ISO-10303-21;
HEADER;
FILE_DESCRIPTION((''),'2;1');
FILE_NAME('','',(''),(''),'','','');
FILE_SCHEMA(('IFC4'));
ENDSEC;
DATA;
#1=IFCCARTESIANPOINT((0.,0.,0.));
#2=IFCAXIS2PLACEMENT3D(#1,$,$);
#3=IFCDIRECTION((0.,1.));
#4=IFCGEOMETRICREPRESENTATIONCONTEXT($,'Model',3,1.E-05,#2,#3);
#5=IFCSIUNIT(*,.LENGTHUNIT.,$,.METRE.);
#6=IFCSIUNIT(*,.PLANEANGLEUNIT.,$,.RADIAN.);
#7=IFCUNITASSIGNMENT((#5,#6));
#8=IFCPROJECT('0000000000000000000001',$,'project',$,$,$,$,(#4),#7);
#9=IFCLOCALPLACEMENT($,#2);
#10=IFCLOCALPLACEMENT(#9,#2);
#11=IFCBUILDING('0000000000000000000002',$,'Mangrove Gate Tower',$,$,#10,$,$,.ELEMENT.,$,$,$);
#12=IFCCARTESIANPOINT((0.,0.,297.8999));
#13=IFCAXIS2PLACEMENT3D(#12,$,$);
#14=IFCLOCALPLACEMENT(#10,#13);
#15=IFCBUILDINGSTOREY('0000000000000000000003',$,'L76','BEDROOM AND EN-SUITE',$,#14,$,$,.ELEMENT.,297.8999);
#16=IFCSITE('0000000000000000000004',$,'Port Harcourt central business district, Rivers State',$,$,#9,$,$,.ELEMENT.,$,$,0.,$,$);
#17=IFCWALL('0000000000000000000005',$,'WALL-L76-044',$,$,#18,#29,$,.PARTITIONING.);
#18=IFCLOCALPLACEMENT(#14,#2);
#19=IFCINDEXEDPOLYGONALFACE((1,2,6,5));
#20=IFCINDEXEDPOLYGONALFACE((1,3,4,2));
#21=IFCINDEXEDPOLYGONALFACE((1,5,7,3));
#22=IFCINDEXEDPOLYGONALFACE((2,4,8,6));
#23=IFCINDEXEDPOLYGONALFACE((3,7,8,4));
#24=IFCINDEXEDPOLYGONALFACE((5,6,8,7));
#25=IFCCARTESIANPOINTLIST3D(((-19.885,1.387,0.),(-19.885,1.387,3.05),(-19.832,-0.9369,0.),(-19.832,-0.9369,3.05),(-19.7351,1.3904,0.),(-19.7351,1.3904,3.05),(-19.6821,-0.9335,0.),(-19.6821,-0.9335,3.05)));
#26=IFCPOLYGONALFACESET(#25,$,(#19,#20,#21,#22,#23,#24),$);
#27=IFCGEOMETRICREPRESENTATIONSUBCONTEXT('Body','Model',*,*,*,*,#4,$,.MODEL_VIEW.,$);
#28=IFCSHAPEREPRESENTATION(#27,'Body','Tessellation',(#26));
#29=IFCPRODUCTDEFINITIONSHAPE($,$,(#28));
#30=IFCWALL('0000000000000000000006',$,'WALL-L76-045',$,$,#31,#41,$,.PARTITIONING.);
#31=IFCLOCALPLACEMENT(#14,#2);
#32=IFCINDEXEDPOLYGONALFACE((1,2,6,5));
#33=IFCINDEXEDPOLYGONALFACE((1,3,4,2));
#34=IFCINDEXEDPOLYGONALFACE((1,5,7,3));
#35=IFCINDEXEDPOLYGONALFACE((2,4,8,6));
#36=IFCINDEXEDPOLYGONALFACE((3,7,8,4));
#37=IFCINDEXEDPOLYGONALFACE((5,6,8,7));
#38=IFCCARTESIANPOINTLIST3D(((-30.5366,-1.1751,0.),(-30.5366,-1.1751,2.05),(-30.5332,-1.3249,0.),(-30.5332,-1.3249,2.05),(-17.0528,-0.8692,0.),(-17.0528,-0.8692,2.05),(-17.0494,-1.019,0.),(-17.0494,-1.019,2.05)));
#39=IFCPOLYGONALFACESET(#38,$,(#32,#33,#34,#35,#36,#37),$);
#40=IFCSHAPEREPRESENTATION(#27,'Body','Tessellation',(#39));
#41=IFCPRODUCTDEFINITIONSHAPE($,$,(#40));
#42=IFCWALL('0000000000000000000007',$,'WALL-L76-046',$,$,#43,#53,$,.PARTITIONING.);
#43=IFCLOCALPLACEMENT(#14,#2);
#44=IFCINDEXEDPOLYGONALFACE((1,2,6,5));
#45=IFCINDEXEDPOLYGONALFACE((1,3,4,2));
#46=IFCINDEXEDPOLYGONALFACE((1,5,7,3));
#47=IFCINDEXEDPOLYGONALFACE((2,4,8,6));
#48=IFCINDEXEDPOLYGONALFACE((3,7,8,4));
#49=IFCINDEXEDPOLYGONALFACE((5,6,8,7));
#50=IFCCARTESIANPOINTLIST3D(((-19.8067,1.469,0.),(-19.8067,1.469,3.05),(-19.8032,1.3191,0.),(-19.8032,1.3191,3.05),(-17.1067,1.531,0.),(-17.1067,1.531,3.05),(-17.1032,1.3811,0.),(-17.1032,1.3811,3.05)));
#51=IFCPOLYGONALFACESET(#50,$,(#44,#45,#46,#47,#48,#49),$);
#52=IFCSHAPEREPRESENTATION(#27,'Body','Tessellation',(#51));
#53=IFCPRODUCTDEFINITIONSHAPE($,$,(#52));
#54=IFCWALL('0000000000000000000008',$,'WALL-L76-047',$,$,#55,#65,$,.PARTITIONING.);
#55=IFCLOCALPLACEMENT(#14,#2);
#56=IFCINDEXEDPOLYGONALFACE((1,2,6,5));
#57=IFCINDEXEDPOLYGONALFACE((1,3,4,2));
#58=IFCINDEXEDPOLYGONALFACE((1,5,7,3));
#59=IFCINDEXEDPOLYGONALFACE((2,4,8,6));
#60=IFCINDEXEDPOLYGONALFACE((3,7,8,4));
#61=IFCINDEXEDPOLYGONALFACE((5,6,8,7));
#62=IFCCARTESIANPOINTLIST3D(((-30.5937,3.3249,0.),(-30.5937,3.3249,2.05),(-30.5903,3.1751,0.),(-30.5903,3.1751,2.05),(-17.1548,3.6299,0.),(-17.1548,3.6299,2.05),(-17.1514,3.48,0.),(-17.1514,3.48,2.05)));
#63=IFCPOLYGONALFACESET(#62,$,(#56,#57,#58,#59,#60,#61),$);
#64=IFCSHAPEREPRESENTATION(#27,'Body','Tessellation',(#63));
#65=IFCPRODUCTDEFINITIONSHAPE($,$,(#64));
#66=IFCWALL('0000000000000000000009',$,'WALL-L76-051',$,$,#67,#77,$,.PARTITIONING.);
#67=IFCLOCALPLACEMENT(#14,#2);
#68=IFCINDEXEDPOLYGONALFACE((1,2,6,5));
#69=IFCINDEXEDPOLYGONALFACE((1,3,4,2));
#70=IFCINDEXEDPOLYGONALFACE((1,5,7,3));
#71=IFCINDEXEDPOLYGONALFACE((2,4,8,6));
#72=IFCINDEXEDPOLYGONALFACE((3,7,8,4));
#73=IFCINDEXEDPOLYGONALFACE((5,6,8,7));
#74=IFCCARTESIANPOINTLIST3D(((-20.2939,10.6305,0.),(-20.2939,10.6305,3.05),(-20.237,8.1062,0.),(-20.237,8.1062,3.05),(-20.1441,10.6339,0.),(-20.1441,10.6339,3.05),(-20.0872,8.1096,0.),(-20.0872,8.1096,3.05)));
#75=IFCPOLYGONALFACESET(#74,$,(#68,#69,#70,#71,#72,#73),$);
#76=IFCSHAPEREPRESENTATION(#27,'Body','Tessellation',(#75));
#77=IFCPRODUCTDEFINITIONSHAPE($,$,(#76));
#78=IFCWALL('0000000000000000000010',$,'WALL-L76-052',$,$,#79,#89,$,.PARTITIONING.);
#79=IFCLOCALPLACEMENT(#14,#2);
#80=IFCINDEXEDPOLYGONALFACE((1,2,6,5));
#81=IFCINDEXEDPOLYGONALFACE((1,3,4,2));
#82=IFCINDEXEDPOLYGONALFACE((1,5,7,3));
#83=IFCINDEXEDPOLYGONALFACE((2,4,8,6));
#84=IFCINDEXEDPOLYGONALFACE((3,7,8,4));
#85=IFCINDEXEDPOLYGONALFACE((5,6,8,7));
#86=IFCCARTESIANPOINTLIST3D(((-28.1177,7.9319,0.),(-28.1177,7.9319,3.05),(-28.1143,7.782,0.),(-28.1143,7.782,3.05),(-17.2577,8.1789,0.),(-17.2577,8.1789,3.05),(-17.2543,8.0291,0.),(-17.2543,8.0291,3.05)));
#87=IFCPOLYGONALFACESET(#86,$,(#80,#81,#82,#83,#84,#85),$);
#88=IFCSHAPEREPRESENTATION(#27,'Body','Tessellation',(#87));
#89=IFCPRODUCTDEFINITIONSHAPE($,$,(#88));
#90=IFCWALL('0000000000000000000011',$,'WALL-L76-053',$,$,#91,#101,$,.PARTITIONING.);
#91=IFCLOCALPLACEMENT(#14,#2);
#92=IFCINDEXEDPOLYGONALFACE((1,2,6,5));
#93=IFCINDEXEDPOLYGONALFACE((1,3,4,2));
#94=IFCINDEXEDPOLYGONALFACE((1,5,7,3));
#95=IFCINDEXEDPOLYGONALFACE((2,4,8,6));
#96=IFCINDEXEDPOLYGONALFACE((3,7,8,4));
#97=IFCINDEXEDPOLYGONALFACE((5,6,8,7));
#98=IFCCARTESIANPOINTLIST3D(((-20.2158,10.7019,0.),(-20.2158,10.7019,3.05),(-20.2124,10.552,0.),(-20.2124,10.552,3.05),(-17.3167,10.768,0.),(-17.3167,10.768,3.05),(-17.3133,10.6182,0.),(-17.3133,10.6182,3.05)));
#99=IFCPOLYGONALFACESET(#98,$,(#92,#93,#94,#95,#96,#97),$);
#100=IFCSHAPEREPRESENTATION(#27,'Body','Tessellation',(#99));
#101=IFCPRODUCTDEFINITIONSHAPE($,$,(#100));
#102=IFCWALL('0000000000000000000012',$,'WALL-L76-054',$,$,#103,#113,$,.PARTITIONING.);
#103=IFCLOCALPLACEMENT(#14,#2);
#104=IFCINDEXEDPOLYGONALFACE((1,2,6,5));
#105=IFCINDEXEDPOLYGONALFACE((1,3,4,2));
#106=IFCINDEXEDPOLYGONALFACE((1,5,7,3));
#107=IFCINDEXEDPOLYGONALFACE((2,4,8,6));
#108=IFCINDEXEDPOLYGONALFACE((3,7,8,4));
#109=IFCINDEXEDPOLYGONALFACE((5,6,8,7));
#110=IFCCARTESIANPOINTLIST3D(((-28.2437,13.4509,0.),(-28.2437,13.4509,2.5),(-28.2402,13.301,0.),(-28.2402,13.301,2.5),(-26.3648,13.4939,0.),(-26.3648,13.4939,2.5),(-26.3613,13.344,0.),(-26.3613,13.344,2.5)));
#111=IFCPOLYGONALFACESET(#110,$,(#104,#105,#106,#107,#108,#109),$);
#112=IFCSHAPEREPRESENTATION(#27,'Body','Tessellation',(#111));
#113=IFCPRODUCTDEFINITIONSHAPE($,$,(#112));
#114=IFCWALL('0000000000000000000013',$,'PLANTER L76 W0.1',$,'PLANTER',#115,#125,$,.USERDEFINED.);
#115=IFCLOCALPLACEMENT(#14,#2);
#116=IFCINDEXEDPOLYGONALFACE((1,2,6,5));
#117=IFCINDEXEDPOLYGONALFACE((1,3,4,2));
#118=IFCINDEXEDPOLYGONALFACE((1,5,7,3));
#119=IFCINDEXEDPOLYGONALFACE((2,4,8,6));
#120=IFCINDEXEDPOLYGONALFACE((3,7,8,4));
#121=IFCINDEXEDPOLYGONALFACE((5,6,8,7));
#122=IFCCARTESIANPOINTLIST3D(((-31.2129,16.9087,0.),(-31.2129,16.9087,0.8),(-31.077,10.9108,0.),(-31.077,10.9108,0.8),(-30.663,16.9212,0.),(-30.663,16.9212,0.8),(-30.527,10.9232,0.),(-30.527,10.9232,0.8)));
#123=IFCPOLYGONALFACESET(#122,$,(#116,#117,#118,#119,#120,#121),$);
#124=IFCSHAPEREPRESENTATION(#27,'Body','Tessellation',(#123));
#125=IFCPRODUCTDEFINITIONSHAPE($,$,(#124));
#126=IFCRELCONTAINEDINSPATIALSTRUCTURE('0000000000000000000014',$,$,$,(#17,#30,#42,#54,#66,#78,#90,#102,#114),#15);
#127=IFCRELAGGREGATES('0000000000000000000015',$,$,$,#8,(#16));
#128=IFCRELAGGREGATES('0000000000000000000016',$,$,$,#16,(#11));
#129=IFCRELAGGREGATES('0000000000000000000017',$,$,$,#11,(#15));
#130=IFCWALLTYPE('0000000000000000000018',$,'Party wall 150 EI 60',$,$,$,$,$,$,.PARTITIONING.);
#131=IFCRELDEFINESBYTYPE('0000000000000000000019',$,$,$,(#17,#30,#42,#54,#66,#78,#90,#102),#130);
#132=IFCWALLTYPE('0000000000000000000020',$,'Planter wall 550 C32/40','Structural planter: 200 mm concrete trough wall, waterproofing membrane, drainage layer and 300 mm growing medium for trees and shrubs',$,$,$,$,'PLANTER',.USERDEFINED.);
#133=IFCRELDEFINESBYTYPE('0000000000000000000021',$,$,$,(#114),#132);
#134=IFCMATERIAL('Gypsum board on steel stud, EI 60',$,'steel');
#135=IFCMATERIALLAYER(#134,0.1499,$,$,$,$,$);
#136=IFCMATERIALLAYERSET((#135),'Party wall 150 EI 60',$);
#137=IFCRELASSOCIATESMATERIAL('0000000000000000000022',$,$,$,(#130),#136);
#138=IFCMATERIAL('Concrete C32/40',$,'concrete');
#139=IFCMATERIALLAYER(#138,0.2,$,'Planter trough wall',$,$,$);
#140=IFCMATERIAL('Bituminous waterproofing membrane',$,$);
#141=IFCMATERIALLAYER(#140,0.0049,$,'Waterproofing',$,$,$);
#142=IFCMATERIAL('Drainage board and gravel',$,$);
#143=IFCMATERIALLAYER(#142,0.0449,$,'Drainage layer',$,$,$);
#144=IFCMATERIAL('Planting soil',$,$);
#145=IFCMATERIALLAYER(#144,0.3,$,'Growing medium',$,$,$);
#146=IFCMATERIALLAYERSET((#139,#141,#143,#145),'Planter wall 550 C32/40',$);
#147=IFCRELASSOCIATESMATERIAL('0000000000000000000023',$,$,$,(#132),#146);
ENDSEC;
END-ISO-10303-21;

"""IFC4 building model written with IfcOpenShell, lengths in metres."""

from ifc_helpers import new_model, si_unit, direction, frame, frame_2d, origin, place, context, subcontext, project, spatial, rectangle, extrude, material, layer, layer_set, type_object, element, save


model = new_model("IFC4")

# Units and contexts
model_context = context("Model", 3, precision=1e-05, world=origin(), true_north=direction((0.0, 1.0)))
body_context = subcontext(model_context, "Body", "Model", "MODEL_VIEW")
ifc_project = project(units=[si_unit("LENGTHUNIT", "METRE"), si_unit("PLANEANGLEUNIT", "RADIAN")], contexts=[model_context])

# Site, building, storey
site_placement = place(None, origin())
site = spatial("IfcSite", under=ifc_project, at=site_placement, Name="Port Harcourt central business district, Rivers State", CompositionType="ELEMENT", RefElevation=0.0)
building_placement = place(site_placement, origin())
building = spatial("IfcBuilding", under=site, at=building_placement, Name="Mangrove Gate Tower", CompositionType="ELEMENT")
storey_placement = place(building_placement, frame((0.0, 0.0, 297.8999)))
storey = spatial("IfcBuildingStorey", under=building, at=storey_placement, Name="L76", Description="BEDROOM AND EN-SUITE", CompositionType="ELEMENT", Elevation=297.8999)

# Walls
ifc_material_1 = material(Name="Gypsum board on steel stud, EI 60", Category="steel")
ifc_layer_1 = layer(ifc_material_1, 0.1499)
ifc_layer_set_1 = layer_set([ifc_layer_1], Name="Party wall 150 EI 60")
wall_type_1 = type_object("IfcWallType", Name="Party wall 150 EI 60", PredefinedType="PARTITIONING", material=ifc_layer_set_1)
wall_1_placement = place(storey_placement, frame((-19.7571, -0.9351, 0.0), z_axis=(0.0, 0.0, 1.0), x_axis=(-0.022791, 0.99974, 0.0)))
element("IfcWall", 1, at=wall_1_placement, inside=storey, type_object=wall_type_1, Name="WALL-L76-044", PredefinedType="PARTITIONING", context=body_context, shape_type="SweptSolid", body=[
    extrude(rectangle(XDim=2.3245, YDim=0.1499, at=frame_2d((1.1621, 0.0))), origin(), (0.0, 0.0, 1.0), 3.05),
])
wall_2_placement = place(storey_placement, frame((-30.5349, -1.25, 0.0), z_axis=(0.0, 0.0, 1.0), x_axis=(0.999743, 0.022681, 0.0)))
element("IfcWall", 2, at=wall_2_placement, inside=storey, type_object=wall_type_1, Name="WALL-L76-045", PredefinedType="PARTITIONING", context=body_context, shape_type="SweptSolid", body=[
    extrude(rectangle(XDim=13.4873, YDim=0.1499, at=frame_2d((6.7437, 0.0))), origin(), (0.0, 0.0, 1.0), 2.05),
])
wall_3_placement = place(storey_placement, frame((-19.8049, 1.394, 0.0), z_axis=(0.0, 0.0, 1.0), x_axis=(0.999736, 0.022962, 0.0)))
element("IfcWall", 3, at=wall_3_placement, inside=storey, type_object=wall_type_1, Name="WALL-L76-046", PredefinedType="PARTITIONING", context=body_context, shape_type="SweptSolid", body=[
    extrude(rectangle(XDim=2.7007, YDim=0.1499, at=frame_2d((1.3503, 0.0))), origin(), (0.0, 0.0, 1.0), 3.05),
])
wall_4_placement = place(storey_placement, frame((-30.592, 3.25, 0.0), z_axis=(0.0, 0.0, 1.0), x_axis=(0.999743, 0.022684, 0.0)))
element("IfcWall", 4, at=wall_4_placement, inside=storey, type_object=wall_type_1, Name="WALL-L76-047", PredefinedType="PARTITIONING", context=body_context, shape_type="SweptSolid", body=[
    extrude(rectangle(XDim=13.4424, YDim=0.1499, at=frame_2d((6.7212, 0.0))), origin(), (0.0, 0.0, 1.0), 2.05),
])
wall_5_placement = place(storey_placement, frame((-20.1621, 8.1079, 0.0), z_axis=(0.0, 0.0, 1.0), x_axis=(-0.02253, 0.999746, 0.0)))
element("IfcWall", 5, at=wall_5_placement, inside=storey, type_object=wall_type_1, Name="WALL-L76-051", PredefinedType="PARTITIONING", context=body_context, shape_type="SweptSolid", body=[
    extrude(rectangle(XDim=2.5249, YDim=0.1499, at=frame_2d((1.2625, 0.0))), origin(), (0.0, 0.0, 1.0), 3.05),
])
wall_6_placement = place(storey_placement, frame((-28.116, 7.8569, 0.0), z_axis=(0.0, 0.0, 1.0), x_axis=(0.999741, 0.022745, 0.0)))
element("IfcWall", 6, at=wall_6_placement, inside=storey, type_object=wall_type_1, Name="WALL-L76-052", PredefinedType="PARTITIONING", context=body_context, shape_type="SweptSolid", body=[
    extrude(rectangle(XDim=10.8628, YDim=0.1499, at=frame_2d((5.4314, 0.0))), origin(), (0.0, 0.0, 1.0), 3.05),
])
wall_7_placement = place(storey_placement, frame((-20.2141, 10.627, 0.0), z_axis=(0.0, 0.0, 1.0), x_axis=(0.99974, 0.022815, 0.0)))
element("IfcWall", 7, at=wall_7_placement, inside=storey, type_object=wall_type_1, Name="WALL-L76-053", PredefinedType="PARTITIONING", context=body_context, shape_type="SweptSolid", body=[
    extrude(rectangle(XDim=2.8999, YDim=0.1499, at=frame_2d((1.45, 0.0))), origin(), (0.0, 0.0, 1.0), 3.05),
])
wall_8_placement = place(storey_placement, frame((-28.2419, 13.376, 0.0), z_axis=(0.0, 0.0, 1.0), x_axis=(0.999739, 0.022863, 0.0)))
element("IfcWall", 8, at=wall_8_placement, inside=storey, type_object=wall_type_1, Name="WALL-L76-054", PredefinedType="PARTITIONING", context=body_context, shape_type="SweptSolid", body=[
    extrude(rectangle(XDim=1.8794, YDim=0.1499, at=frame_2d((0.9397, 0.0))), origin(), (0.0, 0.0, 1.0), 2.5),
])
ifc_material_2 = material(Name="Concrete C32/40", Category="concrete")
ifc_layer_2 = layer(ifc_material_2, 0.2, Name="Planter trough wall")
ifc_material_3 = material(Name="Bituminous waterproofing membrane")
ifc_layer_3 = layer(ifc_material_3, 0.0049, Name="Waterproofing")
ifc_material_4 = material(Name="Drainage board and gravel")
ifc_layer_4 = layer(ifc_material_4, 0.0449, Name="Drainage layer")
ifc_material_5 = material(Name="Planting soil")
ifc_layer_5 = layer(ifc_material_5, 0.3, Name="Growing medium")
ifc_layer_set_2 = layer_set([ifc_layer_2, ifc_layer_3, ifc_layer_4, ifc_layer_5], Name="Planter wall 550 C32/40")
wall_type_2 = type_object("IfcWallType", Name="Planter wall 550 C32/40", Description="Structural planter: 200 mm concrete trough wall, waterproofing membrane, drainage layer and 300 mm growing medium for trees and shrubs", ElementType="PLANTER", PredefinedType="USERDEFINED", material=ifc_layer_set_2)
wall_9_placement = place(storey_placement, frame((-30.802, 10.917, 0.0), z_axis=(0.0, 0.0, 1.0), x_axis=(-0.022666, 0.999743, 0.0)))
element("IfcWall", 9, at=wall_9_placement, inside=storey, type_object=wall_type_2, Name="PLANTER L76 W0.1", ObjectType="PLANTER", PredefinedType="USERDEFINED", context=body_context, shape_type="SweptSolid", body=[
    extrude(rectangle(XDim=5.9995, YDim=0.55, at=frame_2d((2.9998, 0.0))), origin(), (0.0, 0.0, 1.0), 0.8),
])

save(model, "model.ifc")
